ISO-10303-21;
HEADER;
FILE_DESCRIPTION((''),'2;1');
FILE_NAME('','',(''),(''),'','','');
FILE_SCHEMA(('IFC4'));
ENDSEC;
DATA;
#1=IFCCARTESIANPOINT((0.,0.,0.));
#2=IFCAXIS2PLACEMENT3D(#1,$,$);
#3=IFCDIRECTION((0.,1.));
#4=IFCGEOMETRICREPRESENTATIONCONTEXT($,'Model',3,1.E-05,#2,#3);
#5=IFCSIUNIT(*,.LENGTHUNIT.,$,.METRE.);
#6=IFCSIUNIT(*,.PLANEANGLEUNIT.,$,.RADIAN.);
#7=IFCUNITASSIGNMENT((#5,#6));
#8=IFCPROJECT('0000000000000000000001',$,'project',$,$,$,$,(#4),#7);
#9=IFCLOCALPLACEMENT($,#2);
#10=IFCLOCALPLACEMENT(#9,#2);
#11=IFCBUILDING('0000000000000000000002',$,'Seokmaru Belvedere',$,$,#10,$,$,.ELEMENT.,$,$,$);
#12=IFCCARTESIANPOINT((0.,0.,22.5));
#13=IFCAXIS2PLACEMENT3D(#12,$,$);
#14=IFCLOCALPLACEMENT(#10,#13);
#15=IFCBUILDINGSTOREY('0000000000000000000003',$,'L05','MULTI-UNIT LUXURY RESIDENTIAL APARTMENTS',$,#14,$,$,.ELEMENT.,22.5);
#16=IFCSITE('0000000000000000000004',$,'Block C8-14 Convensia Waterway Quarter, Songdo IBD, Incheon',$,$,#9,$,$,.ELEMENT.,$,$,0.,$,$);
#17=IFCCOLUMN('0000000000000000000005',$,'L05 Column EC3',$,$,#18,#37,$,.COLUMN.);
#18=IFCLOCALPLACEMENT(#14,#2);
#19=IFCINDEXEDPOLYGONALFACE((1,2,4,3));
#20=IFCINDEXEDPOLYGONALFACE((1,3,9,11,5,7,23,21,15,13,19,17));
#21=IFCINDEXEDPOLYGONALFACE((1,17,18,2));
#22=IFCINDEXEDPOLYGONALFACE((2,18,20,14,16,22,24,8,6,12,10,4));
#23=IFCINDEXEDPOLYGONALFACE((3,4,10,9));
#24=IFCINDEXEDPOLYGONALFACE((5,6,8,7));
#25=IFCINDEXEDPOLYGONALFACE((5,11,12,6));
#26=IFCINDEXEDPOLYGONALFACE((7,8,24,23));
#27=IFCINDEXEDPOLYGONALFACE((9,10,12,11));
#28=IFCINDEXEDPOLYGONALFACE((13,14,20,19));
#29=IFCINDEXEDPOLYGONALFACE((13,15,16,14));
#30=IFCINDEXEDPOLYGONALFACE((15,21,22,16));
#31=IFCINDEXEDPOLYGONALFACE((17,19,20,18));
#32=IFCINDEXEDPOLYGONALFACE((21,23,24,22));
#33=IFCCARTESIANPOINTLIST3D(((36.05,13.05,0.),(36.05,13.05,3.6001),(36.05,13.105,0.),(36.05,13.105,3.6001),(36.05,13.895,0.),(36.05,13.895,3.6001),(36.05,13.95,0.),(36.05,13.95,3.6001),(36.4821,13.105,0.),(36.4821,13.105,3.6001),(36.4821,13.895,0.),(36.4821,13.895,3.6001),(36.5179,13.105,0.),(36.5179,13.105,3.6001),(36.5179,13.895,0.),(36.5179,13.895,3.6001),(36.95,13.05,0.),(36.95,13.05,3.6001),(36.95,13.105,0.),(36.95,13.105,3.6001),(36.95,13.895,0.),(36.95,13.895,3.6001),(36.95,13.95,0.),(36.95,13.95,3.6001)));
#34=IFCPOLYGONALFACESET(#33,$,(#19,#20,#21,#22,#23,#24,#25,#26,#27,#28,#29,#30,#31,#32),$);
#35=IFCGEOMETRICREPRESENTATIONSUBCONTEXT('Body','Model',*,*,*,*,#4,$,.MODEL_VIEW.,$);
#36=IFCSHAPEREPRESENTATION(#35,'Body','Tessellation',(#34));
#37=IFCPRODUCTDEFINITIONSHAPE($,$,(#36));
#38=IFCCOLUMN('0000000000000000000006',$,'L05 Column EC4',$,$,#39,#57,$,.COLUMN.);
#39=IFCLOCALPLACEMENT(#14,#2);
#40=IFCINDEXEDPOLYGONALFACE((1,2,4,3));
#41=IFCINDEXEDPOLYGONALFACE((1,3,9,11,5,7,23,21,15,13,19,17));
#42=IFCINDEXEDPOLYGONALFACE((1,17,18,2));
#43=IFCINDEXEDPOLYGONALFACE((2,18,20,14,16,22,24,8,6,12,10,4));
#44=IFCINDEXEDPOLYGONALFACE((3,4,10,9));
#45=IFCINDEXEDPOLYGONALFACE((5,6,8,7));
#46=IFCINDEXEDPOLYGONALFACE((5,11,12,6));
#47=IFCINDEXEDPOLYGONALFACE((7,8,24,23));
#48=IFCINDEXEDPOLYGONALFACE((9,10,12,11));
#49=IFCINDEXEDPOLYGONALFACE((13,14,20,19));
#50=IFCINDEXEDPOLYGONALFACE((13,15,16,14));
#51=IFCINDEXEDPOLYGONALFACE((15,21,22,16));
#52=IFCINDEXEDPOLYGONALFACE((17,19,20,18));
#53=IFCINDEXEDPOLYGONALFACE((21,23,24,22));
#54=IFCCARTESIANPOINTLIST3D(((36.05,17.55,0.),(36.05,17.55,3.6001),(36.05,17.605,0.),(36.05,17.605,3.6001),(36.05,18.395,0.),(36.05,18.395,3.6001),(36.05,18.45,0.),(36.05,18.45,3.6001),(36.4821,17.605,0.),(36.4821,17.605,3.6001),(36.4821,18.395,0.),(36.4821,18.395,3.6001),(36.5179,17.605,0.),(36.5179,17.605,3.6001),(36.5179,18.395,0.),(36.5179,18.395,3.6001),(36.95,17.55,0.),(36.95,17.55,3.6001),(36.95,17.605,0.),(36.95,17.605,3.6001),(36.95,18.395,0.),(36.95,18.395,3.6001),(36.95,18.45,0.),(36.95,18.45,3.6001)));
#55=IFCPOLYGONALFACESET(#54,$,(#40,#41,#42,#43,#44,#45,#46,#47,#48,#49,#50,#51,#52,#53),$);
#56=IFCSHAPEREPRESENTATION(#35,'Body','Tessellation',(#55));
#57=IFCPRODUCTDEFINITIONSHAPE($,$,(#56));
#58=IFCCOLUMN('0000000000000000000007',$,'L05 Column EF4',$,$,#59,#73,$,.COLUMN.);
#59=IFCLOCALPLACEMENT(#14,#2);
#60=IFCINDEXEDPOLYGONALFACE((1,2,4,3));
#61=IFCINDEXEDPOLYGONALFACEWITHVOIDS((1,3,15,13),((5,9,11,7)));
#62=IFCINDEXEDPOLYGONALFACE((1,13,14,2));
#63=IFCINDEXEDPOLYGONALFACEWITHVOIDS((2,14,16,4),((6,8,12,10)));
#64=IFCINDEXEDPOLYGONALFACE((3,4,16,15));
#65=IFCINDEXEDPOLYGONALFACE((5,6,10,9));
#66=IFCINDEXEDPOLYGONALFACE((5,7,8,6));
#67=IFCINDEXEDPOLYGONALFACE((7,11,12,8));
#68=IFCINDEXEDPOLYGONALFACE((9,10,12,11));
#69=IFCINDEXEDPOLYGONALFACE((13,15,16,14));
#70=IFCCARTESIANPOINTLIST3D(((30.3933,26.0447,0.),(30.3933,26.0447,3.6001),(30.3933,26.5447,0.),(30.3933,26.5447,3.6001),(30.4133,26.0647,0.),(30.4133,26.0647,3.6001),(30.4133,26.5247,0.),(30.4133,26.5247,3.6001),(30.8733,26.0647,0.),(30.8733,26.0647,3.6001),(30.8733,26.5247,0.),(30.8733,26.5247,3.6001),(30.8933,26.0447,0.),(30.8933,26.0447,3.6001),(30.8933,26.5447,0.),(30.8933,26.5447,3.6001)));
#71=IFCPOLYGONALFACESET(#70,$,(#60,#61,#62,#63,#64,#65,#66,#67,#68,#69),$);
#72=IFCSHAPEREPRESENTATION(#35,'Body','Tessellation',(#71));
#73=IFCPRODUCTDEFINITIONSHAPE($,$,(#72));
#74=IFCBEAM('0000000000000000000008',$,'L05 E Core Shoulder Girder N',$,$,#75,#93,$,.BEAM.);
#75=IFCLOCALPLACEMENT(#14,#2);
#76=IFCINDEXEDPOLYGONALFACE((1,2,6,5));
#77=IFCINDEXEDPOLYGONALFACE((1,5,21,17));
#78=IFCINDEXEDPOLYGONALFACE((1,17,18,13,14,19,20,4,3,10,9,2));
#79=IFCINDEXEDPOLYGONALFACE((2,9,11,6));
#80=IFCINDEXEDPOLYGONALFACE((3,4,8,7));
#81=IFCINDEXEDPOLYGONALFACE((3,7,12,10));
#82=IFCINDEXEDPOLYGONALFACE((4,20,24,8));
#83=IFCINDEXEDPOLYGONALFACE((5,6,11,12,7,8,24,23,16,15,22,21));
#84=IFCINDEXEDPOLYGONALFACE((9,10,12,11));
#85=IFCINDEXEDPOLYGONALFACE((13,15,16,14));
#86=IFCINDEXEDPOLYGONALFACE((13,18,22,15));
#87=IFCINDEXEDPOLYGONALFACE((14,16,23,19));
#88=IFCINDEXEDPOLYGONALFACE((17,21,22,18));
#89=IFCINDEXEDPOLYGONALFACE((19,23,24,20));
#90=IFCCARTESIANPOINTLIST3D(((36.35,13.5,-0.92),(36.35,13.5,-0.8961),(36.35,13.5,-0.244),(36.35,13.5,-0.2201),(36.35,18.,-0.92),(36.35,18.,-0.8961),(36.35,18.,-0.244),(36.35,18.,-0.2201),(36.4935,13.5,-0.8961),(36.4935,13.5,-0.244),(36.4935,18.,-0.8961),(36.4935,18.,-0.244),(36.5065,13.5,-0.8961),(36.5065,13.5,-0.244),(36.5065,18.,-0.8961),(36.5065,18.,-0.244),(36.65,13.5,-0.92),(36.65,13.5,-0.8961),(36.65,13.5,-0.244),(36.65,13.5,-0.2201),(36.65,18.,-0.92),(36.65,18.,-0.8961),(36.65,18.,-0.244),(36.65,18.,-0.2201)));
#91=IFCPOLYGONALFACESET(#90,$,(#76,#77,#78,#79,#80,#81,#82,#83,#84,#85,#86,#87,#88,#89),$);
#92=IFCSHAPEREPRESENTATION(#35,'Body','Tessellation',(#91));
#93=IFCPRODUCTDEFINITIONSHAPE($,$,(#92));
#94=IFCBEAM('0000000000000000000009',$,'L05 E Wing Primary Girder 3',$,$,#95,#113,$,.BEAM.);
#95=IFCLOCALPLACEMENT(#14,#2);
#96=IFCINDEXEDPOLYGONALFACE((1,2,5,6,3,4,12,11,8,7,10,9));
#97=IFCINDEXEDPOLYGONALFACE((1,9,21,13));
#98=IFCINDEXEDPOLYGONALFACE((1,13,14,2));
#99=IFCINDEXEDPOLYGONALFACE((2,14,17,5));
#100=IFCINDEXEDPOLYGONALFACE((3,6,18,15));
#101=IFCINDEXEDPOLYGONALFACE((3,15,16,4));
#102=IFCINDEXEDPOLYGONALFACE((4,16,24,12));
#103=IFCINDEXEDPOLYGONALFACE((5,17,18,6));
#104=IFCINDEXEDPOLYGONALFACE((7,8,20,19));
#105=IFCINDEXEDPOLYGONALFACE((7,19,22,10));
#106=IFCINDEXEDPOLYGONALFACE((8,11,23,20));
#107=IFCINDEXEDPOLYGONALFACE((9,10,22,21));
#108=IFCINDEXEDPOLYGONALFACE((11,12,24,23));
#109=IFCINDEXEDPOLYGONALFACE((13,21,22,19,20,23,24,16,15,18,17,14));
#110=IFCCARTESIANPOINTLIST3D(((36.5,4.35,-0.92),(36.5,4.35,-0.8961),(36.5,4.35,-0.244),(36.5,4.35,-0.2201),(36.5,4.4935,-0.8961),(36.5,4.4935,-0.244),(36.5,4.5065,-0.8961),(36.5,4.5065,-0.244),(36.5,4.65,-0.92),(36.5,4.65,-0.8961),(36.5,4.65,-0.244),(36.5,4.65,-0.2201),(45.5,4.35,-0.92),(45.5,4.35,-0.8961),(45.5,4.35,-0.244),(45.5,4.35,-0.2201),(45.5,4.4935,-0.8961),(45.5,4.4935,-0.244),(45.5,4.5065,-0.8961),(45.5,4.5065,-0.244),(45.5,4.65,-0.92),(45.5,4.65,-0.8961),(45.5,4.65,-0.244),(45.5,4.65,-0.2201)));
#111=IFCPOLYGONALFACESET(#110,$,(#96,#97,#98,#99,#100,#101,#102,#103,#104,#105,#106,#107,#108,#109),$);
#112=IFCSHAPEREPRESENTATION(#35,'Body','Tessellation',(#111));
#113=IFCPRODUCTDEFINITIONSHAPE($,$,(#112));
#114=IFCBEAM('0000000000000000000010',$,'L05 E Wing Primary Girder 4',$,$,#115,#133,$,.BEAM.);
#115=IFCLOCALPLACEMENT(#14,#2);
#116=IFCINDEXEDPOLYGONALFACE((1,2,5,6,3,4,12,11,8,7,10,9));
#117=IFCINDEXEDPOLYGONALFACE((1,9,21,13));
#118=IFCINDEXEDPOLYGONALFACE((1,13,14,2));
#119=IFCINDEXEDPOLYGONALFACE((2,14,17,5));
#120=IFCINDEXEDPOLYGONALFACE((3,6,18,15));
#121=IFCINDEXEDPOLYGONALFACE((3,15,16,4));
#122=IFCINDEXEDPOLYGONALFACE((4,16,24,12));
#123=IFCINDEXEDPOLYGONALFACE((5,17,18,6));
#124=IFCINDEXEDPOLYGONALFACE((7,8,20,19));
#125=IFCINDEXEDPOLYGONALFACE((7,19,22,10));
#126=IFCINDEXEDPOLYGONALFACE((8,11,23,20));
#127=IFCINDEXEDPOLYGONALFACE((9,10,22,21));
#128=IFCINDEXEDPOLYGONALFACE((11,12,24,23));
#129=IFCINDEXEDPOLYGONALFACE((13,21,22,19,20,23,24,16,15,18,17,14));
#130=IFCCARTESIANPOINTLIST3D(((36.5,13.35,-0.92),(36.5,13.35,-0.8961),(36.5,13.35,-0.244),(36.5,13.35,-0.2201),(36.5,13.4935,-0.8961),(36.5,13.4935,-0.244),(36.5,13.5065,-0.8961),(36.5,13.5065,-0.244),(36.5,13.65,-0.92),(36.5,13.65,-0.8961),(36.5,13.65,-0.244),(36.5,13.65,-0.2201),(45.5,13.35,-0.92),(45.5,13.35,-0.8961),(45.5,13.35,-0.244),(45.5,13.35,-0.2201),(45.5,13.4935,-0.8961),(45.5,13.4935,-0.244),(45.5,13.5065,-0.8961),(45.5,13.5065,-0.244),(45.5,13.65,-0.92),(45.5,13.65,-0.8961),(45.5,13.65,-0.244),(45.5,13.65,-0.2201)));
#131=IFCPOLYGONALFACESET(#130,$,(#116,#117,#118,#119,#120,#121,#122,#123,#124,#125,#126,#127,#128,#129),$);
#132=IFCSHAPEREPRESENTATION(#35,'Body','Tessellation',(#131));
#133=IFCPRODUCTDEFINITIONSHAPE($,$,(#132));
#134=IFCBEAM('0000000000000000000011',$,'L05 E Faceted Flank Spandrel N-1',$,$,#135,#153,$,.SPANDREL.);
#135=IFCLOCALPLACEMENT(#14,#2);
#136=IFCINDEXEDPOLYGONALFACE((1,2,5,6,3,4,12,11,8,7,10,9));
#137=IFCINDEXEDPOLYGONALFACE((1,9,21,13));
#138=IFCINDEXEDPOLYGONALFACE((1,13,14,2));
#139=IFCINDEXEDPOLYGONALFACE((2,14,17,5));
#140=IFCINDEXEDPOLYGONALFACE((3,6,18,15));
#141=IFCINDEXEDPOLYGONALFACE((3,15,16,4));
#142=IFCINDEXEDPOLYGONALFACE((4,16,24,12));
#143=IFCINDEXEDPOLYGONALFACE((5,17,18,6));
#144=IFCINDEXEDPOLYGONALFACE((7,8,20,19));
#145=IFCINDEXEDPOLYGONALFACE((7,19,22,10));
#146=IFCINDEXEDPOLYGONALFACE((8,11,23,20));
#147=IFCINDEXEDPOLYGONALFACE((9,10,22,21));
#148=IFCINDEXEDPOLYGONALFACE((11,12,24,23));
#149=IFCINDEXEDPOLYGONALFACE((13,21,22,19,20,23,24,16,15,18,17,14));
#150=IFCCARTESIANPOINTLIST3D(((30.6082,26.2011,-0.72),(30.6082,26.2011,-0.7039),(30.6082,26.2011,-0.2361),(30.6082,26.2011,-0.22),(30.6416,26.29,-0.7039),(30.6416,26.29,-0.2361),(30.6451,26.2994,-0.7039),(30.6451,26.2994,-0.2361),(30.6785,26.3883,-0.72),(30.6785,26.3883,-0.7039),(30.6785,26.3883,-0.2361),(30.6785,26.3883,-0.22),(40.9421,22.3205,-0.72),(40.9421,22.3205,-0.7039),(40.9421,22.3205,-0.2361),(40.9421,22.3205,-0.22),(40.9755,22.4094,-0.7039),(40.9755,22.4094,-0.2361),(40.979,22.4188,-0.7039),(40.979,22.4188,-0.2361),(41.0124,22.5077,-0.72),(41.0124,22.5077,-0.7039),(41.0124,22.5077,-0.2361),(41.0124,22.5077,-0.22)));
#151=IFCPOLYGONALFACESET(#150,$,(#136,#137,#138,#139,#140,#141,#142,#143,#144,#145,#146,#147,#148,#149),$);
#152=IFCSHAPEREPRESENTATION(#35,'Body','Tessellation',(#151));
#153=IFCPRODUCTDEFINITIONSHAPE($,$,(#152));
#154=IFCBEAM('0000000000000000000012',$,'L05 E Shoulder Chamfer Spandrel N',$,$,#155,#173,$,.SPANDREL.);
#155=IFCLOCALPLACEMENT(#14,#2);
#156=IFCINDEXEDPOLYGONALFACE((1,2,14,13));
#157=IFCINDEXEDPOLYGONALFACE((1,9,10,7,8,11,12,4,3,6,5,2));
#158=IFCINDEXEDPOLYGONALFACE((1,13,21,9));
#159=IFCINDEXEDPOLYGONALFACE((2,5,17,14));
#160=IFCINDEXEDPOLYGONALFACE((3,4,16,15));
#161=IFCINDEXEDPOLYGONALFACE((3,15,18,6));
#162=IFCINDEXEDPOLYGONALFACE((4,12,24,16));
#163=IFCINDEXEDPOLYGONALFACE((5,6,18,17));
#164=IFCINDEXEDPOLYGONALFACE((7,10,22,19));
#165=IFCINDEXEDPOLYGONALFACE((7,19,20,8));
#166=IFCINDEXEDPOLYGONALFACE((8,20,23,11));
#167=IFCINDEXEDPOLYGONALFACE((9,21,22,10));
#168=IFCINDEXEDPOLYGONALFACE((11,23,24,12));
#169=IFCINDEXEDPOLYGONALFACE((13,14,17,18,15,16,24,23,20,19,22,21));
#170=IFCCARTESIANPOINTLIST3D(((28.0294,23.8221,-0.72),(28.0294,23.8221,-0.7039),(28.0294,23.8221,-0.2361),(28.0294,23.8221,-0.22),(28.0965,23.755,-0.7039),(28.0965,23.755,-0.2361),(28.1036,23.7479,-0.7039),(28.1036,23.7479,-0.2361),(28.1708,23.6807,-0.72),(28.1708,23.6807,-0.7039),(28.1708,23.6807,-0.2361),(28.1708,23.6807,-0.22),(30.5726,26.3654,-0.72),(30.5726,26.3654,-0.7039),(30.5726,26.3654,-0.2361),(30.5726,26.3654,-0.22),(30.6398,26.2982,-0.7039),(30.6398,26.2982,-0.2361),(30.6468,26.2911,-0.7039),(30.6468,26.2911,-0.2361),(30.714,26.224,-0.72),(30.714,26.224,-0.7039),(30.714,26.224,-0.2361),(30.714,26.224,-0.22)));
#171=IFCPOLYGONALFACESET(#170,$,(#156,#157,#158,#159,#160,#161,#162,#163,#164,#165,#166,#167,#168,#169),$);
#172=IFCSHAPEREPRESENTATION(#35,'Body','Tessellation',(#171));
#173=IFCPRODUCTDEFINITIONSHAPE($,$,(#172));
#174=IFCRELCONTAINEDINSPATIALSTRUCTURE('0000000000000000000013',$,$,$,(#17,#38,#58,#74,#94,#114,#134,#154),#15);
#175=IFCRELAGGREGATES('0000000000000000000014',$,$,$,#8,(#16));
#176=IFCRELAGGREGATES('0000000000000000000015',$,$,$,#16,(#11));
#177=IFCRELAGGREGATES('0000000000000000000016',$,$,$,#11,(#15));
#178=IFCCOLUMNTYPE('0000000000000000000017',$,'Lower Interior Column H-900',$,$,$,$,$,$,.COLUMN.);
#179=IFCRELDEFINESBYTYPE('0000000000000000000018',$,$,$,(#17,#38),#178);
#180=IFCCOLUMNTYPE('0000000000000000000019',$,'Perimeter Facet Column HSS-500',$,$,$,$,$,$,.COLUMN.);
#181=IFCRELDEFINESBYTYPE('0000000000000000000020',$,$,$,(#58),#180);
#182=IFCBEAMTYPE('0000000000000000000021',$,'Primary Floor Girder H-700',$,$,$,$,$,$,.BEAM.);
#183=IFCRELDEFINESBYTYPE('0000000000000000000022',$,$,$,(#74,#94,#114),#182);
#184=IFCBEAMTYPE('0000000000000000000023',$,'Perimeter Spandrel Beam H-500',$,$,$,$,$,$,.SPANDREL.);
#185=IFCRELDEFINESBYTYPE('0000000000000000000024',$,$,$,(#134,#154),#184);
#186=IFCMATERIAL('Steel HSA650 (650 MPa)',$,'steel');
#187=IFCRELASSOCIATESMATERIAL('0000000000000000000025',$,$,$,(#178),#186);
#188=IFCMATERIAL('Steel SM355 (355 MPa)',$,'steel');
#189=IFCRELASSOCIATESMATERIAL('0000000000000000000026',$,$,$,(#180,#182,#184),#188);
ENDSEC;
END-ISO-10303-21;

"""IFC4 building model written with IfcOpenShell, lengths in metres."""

from ifc_helpers import new_model, si_unit, direction, frame, origin, origin_2d, place, context, subcontext, project, spatial, hollow_rectangle, i_section, extrude, source, transform, mapped, material, material_profile, profile_set, type_object, type_shapes, element, save


model = new_model("IFC4")

# Units and contexts
model_context = context("Model", 3, precision=1e-05, world=origin(), true_north=direction((0.0, 1.0)))
body_context = subcontext(model_context, "Body", "Model", "MODEL_VIEW")
ifc_project = project(units=[si_unit("LENGTHUNIT", "METRE"), si_unit("PLANEANGLEUNIT", "RADIAN")], contexts=[model_context])

# Site, building, storey
site_placement = place(None, origin())
site = spatial("IfcSite", under=ifc_project, at=site_placement, Name="Block C8-14 Convensia Waterway Quarter, Songdo IBD, Incheon", CompositionType="ELEMENT", RefElevation=0.0)
building_placement = place(site_placement, origin())
building = spatial("IfcBuilding", under=site, at=building_placement, Name="Seokmaru Belvedere", CompositionType="ELEMENT")
storey_placement = place(building_placement, frame((0.0, 0.0, 22.5)))
storey = spatial("IfcBuildingStorey", under=building, at=storey_placement, Name="L05", Description="MULTI-UNIT LUXURY RESIDENTIAL APARTMENTS", CompositionType="ELEMENT", Elevation=22.5)

# Columns
ifc_material_1 = material(Name="Steel HSA650 (650 MPa)", Category="steel")
ifc_material_profile_1 = material_profile(ifc_material_1, i_section(OverallWidth=0.8999, OverallDepth=0.8999, WebThickness=0.0359, FlangeThickness=0.0549, at=origin_2d()), Name="H-900x900x36x55")
ifc_profile_set_1 = profile_set([ifc_material_profile_1], Name="Steel HSA650 (650 MPa)")
column_type_1 = type_object("IfcColumnType", Name="Lower Interior Column H-900", PredefinedType="COLUMN", material=ifc_profile_set_1)
shared_shape_1 = source(origin(), body_context, "Body", "SweptSolid", [
    extrude(i_section(OverallWidth=0.8999, OverallDepth=0.8999, WebThickness=0.0359, FlangeThickness=0.0549, at=origin_2d()), origin(), (0.0, 0.0, 1.0), 3.6001),
])
type_shapes(column_type_1, [shared_shape_1])
for number, where, z_axis, x_axis, name in (
    (1, (36.5, 13.5, 0.0), (0.0, 0.0, 1.0), (1.0, 0.0, 0.0), "L05 Column EC3"),
    (2, (36.5, 18.0, 0.0), (0.0, 0.0, 1.0), (1.0, 0.0, 0.0), "L05 Column EC4"),
):
    element("IfcColumn", number, at=place(storey_placement, frame(where, z_axis=z_axis, x_axis=x_axis)), inside=storey, type_object=column_type_1, Name=name, PredefinedType="COLUMN", context=body_context, shape_type="MappedRepresentation", body=[
        mapped(shared_shape_1, transform((0.0, 0.0, 0.0), scale=1.0)),
    ])
ifc_material_2 = material(Name="Steel SM355 (355 MPa)", Category="steel")
ifc_material_profile_2 = material_profile(ifc_material_2, hollow_rectangle(XDim=0.5, YDim=0.5, WallThickness=0.02, at=origin_2d()), Name="HSS-500x500x20")
ifc_profile_set_2 = profile_set([ifc_material_profile_2], Name="Steel SM355 (355 MPa)")
column_type_2 = type_object("IfcColumnType", Name="Perimeter Facet Column HSS-500", PredefinedType="COLUMN", material=ifc_profile_set_2)
shared_shape_2 = source(origin(), body_context, "Body", "SweptSolid", [
    extrude(hollow_rectangle(XDim=0.5, YDim=0.5, WallThickness=0.02, at=origin_2d()), origin(), (0.0, 0.0, 1.0), 3.6001),
])
type_shapes(column_type_2, [shared_shape_2])
column_placement = place(storey_placement, frame((30.6433, 26.2947, 0.0), z_axis=(0.0, 0.0, 1.0), x_axis=(1.0, 0.0, 0.0)))
element("IfcColumn", 3, at=column_placement, inside=storey, type_object=column_type_2, Name="L05 Column EF4", PredefinedType="COLUMN", context=body_context, shape_type="MappedRepresentation", body=[
    mapped(shared_shape_2, transform((0.0, 0.0, 0.0), scale=1.0)),
])

# Beams
ifc_material_profile_3 = material_profile(ifc_material_2, i_section(OverallWidth=0.3, OverallDepth=0.7, WebThickness=0.0129, FlangeThickness=0.0239, at=origin_2d()), Name="H-700x300x13x24")
ifc_profile_set_3 = profile_set([ifc_material_profile_3], Name="Steel SM355 (355 MPa)")
beam_type_1 = type_object("IfcBeamType", Name="Primary Floor Girder H-700", PredefinedType="BEAM", material=ifc_profile_set_3)
shared_shape_3 = source(origin(), body_context, "Body", "SweptSolid", [
    extrude(i_section(OverallWidth=0.3, OverallDepth=0.7, WebThickness=0.0129, FlangeThickness=0.0239, at=origin_2d()), origin(), (0.0, 0.0, 1.0), 4.5),
])
beam_1_placement = place(storey_placement, frame((36.5, 13.5, -0.5701), z_axis=(0.0, 1.0, 0.0), x_axis=(-1.0, 0.0, 0.0)))
element("IfcBeam", 4, at=beam_1_placement, inside=storey, type_object=beam_type_1, Name="L05 E Core Shoulder Girder N", PredefinedType="BEAM", context=body_context, shape_type="MappedRepresentation", body=[
    mapped(shared_shape_3, transform((0.0, 0.0, 0.0), scale=1.0)),
])
shared_shape_4 = source(origin(), body_context, "Body", "SweptSolid", [
    extrude(i_section(OverallWidth=0.3, OverallDepth=0.7, WebThickness=0.0129, FlangeThickness=0.0239, at=origin_2d()), origin(), (0.0, 0.0, 1.0), 9.0),
])
type_shapes(beam_type_1, [shared_shape_3, shared_shape_4])
for number, where, z_axis, x_axis, name in (
    (5, (36.5, 4.5, -0.5701), (1.0, 0.0, 0.0), (0.0, 1.0, 0.0), "L05 E Wing Primary Girder 3"),
    (6, (36.5, 13.5, -0.5701), (1.0, 0.0, 0.0), (0.0, 1.0, 0.0), "L05 E Wing Primary Girder 4"),
):
    element("IfcBeam", number, at=place(storey_placement, frame(where, z_axis=z_axis, x_axis=x_axis)), inside=storey, type_object=beam_type_1, Name=name, PredefinedType="BEAM", context=body_context, shape_type="MappedRepresentation", body=[
        mapped(shared_shape_4, transform((0.0, 0.0, 0.0), scale=1.0)),
    ])
ifc_material_profile_4 = material_profile(ifc_material_2, i_section(OverallWidth=0.2, OverallDepth=0.5, WebThickness=0.01, FlangeThickness=0.0161, at=origin_2d()), Name="H-500x200x10x16")
ifc_profile_set_4 = profile_set([ifc_material_profile_4], Name="Steel SM355 (355 MPa)")
beam_type_2 = type_object("IfcBeamType", Name="Perimeter Spandrel Beam H-500", PredefinedType="SPANDREL", material=ifc_profile_set_4)
shared_shape_5 = source(origin(), body_context, "Body", "SweptSolid", [
    extrude(i_section(OverallWidth=0.2, OverallDepth=0.5, WebThickness=0.01, FlangeThickness=0.0161, at=origin_2d()), origin(), (0.0, 0.0, 1.0), 11.0386),
])
beam_2_placement = place(storey_placement, frame((30.6433, 26.2947, -0.47), z_axis=(0.936169, -0.35155, 0.0), x_axis=(0.35155, 0.936169, 0.0)))
element("IfcBeam", 7, at=beam_2_placement, inside=storey, type_object=beam_type_2, Name="L05 E Faceted Flank Spandrel N-1", PredefinedType="SPANDREL", context=body_context, shape_type="MappedRepresentation", body=[
    mapped(shared_shape_5, transform((0.0, 0.0, 0.0), scale=1.0)),
])
shared_shape_6 = source(origin(), body_context, "Body", "SweptSolid", [
    extrude(i_section(OverallWidth=0.2, OverallDepth=0.5, WebThickness=0.01, FlangeThickness=0.0161, at=origin_2d()), origin(), (0.0, 0.0, 1.0), 3.5967),
])
type_shapes(beam_type_2, [shared_shape_5, shared_shape_6])
beam_3_placement = place(storey_placement, frame((30.6433, 26.2947, -0.47), z_axis=(-0.707107, -0.707107, 0.0), x_axis=(0.707107, -0.707107, 0.0)))
element("IfcBeam", 8, at=beam_3_placement, inside=storey, type_object=beam_type_2, Name="L05 E Shoulder Chamfer Spandrel N", PredefinedType="SPANDREL", context=body_context, shape_type="MappedRepresentation", body=[
    mapped(shared_shape_6, transform((0.0, 0.0, 0.0), scale=1.0)),
])

save(model, "model.ifc")
